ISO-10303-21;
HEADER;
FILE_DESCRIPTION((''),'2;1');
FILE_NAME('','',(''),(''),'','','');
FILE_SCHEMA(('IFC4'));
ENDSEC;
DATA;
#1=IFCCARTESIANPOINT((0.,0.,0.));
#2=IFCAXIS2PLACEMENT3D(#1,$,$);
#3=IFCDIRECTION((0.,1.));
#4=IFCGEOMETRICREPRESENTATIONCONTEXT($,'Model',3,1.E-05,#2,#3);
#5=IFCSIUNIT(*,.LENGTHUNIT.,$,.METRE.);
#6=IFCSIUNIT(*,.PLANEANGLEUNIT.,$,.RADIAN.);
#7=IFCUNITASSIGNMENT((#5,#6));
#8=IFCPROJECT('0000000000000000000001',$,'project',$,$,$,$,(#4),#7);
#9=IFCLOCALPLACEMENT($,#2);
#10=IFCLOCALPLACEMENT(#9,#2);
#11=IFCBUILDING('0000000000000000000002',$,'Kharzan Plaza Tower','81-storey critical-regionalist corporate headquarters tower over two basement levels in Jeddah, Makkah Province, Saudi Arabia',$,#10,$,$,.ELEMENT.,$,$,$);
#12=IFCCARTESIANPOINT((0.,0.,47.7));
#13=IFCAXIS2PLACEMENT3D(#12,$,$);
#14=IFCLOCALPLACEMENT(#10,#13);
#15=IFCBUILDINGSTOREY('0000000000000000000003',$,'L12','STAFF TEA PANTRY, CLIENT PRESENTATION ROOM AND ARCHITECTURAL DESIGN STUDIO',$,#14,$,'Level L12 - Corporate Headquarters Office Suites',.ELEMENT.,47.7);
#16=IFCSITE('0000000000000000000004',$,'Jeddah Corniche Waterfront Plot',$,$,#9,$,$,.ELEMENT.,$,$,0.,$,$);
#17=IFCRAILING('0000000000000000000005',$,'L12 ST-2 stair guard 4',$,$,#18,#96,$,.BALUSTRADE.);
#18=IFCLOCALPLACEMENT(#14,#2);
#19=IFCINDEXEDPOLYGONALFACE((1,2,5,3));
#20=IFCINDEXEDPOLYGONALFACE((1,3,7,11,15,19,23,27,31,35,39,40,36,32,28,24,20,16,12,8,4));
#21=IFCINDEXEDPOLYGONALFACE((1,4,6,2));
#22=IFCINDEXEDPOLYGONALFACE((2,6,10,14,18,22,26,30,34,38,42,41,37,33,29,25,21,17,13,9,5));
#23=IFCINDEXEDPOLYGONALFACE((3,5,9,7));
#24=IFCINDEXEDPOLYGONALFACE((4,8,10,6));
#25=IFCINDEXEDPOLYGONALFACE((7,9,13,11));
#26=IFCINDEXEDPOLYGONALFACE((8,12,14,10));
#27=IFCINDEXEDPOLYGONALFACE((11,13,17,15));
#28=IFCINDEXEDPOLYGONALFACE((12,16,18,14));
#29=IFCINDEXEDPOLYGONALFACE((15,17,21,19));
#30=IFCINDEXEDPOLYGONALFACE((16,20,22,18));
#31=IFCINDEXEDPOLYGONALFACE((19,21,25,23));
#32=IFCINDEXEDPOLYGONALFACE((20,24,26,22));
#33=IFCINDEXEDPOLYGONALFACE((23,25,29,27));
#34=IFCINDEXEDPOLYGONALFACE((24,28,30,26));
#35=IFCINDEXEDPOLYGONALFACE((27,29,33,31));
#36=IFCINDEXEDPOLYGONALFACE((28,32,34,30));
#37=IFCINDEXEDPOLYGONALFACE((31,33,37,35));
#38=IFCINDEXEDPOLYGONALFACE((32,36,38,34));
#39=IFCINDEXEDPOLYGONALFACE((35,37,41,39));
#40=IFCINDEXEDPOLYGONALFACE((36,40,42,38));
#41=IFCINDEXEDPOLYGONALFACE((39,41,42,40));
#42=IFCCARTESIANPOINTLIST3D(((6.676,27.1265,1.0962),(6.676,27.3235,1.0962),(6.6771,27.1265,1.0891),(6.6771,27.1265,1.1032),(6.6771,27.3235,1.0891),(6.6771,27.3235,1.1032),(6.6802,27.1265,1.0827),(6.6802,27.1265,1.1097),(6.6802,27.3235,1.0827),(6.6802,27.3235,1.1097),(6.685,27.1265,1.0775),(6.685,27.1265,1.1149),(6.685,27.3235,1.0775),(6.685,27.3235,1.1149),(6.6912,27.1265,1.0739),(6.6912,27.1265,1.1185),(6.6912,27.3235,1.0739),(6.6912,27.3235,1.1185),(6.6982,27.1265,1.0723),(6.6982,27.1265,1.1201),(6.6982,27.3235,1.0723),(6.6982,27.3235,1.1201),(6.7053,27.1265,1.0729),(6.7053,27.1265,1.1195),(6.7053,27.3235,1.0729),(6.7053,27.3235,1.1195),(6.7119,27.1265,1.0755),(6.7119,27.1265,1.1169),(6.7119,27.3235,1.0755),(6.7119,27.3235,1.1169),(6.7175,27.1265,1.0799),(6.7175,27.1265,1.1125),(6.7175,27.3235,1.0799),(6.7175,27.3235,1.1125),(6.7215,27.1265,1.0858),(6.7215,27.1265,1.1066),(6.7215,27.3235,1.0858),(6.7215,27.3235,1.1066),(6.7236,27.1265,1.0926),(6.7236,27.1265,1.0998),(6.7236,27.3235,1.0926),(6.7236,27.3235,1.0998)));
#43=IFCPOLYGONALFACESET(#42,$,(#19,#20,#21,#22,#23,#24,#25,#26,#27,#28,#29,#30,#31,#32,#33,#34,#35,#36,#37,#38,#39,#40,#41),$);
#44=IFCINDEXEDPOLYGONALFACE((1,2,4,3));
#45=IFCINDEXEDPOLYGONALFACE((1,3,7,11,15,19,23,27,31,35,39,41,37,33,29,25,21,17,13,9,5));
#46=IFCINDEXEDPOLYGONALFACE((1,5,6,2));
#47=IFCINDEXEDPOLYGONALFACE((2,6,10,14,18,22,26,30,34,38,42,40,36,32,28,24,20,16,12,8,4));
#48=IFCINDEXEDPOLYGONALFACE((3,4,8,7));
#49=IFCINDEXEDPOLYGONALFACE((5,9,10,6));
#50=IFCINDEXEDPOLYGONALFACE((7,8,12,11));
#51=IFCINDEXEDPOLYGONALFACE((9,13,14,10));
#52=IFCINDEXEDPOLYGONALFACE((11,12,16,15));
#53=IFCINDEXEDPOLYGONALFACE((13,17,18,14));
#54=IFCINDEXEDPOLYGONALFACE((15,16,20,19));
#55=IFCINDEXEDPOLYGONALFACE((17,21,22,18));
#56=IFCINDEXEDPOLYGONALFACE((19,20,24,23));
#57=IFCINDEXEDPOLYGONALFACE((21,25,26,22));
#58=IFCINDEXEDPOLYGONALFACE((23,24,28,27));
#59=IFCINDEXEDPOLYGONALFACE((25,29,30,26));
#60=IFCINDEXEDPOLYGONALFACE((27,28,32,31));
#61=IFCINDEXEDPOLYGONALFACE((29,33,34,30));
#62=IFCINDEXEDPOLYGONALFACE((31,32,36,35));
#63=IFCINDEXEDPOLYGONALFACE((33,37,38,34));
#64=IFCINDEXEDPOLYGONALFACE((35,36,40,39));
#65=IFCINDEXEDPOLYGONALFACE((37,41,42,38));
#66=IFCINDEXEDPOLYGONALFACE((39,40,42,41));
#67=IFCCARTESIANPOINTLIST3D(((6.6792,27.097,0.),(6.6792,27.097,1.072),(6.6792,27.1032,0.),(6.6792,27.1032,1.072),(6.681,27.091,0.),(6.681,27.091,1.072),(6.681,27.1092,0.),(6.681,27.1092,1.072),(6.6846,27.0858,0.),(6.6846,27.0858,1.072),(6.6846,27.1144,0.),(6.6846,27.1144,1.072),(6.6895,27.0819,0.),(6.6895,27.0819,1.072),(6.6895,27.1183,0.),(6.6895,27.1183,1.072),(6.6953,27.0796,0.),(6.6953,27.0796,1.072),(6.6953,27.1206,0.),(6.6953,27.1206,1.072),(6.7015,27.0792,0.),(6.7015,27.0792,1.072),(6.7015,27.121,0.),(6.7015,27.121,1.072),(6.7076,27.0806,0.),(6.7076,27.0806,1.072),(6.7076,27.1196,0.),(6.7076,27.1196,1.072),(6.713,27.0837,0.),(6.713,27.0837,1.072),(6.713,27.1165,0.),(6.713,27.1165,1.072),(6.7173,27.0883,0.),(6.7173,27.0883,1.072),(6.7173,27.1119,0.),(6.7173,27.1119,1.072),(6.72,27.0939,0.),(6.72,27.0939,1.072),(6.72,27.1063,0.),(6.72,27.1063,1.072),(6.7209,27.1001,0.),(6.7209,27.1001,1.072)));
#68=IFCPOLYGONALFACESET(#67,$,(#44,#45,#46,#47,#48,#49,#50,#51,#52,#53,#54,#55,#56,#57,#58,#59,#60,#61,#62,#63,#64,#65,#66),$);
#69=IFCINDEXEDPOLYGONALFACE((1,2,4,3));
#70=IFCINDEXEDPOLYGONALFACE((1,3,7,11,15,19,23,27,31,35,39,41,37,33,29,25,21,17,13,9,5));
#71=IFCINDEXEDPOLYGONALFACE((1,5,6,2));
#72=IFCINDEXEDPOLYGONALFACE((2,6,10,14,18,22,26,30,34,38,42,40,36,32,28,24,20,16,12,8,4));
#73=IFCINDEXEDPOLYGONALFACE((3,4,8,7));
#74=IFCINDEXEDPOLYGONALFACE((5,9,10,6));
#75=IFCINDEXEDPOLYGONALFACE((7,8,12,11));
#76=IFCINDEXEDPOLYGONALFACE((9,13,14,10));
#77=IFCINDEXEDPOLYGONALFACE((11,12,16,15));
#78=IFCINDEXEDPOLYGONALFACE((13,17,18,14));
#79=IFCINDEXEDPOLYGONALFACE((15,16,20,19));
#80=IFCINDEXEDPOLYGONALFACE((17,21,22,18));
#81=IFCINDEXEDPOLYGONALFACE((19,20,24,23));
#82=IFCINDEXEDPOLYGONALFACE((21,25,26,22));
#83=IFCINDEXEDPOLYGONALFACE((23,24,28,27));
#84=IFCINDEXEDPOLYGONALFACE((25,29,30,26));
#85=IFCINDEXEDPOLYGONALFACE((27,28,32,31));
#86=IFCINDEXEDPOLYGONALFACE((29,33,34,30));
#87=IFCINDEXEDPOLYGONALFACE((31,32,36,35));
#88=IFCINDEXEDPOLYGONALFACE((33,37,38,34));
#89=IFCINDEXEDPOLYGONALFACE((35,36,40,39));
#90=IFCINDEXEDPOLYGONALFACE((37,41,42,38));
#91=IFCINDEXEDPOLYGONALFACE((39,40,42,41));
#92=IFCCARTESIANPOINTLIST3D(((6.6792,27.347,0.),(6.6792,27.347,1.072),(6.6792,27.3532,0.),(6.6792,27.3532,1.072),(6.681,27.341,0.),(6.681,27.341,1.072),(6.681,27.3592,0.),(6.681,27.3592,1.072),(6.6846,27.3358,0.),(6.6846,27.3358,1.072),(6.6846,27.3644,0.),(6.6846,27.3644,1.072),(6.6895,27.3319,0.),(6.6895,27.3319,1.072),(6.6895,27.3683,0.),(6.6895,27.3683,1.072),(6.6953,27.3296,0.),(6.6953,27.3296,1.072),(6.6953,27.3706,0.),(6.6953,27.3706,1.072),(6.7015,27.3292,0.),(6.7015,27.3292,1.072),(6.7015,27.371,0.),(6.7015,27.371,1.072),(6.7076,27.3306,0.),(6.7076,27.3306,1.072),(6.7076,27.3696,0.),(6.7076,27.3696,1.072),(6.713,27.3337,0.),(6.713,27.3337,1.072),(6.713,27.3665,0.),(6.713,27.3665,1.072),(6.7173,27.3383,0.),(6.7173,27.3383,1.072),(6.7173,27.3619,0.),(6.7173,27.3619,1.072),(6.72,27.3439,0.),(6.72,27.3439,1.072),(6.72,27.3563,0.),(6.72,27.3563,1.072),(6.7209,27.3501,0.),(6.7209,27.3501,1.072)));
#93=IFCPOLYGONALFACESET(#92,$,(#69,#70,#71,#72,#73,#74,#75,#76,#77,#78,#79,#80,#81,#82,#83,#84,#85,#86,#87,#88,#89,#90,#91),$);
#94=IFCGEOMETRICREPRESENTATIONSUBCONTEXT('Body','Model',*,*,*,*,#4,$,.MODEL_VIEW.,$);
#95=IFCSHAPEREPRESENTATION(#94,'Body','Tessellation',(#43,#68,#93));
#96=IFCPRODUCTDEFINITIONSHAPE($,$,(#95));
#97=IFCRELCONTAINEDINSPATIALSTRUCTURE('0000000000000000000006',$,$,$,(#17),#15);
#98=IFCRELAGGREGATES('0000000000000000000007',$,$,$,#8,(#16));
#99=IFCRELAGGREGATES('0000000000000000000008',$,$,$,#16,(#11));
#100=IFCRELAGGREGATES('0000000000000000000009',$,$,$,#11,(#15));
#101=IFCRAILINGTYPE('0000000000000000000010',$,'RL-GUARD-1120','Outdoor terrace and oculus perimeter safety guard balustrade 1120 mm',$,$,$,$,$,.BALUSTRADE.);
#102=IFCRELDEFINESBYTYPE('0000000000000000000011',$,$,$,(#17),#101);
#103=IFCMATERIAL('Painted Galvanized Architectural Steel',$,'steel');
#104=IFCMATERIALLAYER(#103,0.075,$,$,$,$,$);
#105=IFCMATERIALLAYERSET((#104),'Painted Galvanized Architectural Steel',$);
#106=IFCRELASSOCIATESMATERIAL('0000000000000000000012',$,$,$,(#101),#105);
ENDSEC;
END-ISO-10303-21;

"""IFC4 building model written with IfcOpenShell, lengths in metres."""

from ifc_helpers import new_model, si_unit, direction, frame, origin, origin_2d, place, context, subcontext, project, spatial, circle, extrude, source, transform, mapped, material, layer, layer_set, type_object, element, save


model = new_model("IFC4")

# Units and contexts
model_context = context("Model", 3, precision=1e-05, world=origin(), true_north=direction((0.0, 1.0)))
body_context = subcontext(model_context, "Body", "Model", "MODEL_VIEW")
ifc_project = project(units=[si_unit("LENGTHUNIT", "METRE"), si_unit("PLANEANGLEUNIT", "RADIAN")], contexts=[model_context])

# Site, building, storey
site_placement = place(None, origin())
site = spatial("IfcSite", under=ifc_project, at=site_placement, Name="Jeddah Corniche Waterfront Plot", CompositionType="ELEMENT", RefElevation=0.0)
building_placement = place(site_placement, origin())
building = spatial("IfcBuilding", under=site, at=building_placement, Name="Kharzan Plaza Tower", Description="81-storey critical-regionalist corporate headquarters tower over two basement levels in Jeddah, Makkah Province, Saudi Arabia", CompositionType="ELEMENT")
storey_placement = place(building_placement, frame((0.0, 0.0, 47.7)))
storey = spatial("IfcBuildingStorey", under=building, at=storey_placement, Name="L12", Description="STAFF TEA PANTRY, CLIENT PRESENTATION ROOM AND ARCHITECTURAL DESIGN STUDIO", LongName="Level L12 - Corporate Headquarters Office Suites", CompositionType="ELEMENT", Elevation=47.7)

# Railing
ifc_material_1 = material(Name="Painted Galvanized Architectural Steel", Category="steel")
ifc_layer_1 = layer(ifc_material_1, 0.075)
ifc_layer_set_1 = layer_set([ifc_layer_1], Name="Painted Galvanized Architectural Steel")
railing_type_1 = type_object("IfcRailingType", Name="RL-GUARD-1120", Description="Outdoor terrace and oculus perimeter safety guard balustrade 1120 mm", PredefinedType="BALUSTRADE", material=ifc_layer_set_1)
shared_shape_1 = source(origin(), body_context, "Body", "SweptSolid", [
    extrude(circle(Radius=0.0239, at=origin_2d()), frame((0.0, 0.0264, 1.0962), z_axis=(0.0, 1.0, 0.0), x_axis=(-1.0, 0.0, 0.0)), (0.0, 0.0, 1.0), 0.197),
    extrude(circle(Radius=0.021, at=origin_2d()), origin(), (0.0, 0.0, 1.0), 1.072),
    extrude(circle(Radius=0.021, at=origin_2d()), frame((0.0, 0.25, 0.0)), (0.0, 0.0, 1.0), 1.072),
])
for number, where, name in (
    (1, (6.7, 27.1001, 0.0), "L12 ST-2 stair guard 4"),
):
    element("IfcRailing", number, at=place(storey_placement, frame(where)), inside=storey, type_object=railing_type_1, Name=name, PredefinedType="BALUSTRADE", context=body_context, shape_type="MappedRepresentation", body=[
        mapped(shared_shape_1, transform((0.0, 0.0, 0.0), x_axis=(1.0, 0.0, 0.0), y_axis=(0.0, 1.0, 0.0), z_axis=(0.0, 0.0, 1.0))),
    ])

save(model, "model.ifc")
